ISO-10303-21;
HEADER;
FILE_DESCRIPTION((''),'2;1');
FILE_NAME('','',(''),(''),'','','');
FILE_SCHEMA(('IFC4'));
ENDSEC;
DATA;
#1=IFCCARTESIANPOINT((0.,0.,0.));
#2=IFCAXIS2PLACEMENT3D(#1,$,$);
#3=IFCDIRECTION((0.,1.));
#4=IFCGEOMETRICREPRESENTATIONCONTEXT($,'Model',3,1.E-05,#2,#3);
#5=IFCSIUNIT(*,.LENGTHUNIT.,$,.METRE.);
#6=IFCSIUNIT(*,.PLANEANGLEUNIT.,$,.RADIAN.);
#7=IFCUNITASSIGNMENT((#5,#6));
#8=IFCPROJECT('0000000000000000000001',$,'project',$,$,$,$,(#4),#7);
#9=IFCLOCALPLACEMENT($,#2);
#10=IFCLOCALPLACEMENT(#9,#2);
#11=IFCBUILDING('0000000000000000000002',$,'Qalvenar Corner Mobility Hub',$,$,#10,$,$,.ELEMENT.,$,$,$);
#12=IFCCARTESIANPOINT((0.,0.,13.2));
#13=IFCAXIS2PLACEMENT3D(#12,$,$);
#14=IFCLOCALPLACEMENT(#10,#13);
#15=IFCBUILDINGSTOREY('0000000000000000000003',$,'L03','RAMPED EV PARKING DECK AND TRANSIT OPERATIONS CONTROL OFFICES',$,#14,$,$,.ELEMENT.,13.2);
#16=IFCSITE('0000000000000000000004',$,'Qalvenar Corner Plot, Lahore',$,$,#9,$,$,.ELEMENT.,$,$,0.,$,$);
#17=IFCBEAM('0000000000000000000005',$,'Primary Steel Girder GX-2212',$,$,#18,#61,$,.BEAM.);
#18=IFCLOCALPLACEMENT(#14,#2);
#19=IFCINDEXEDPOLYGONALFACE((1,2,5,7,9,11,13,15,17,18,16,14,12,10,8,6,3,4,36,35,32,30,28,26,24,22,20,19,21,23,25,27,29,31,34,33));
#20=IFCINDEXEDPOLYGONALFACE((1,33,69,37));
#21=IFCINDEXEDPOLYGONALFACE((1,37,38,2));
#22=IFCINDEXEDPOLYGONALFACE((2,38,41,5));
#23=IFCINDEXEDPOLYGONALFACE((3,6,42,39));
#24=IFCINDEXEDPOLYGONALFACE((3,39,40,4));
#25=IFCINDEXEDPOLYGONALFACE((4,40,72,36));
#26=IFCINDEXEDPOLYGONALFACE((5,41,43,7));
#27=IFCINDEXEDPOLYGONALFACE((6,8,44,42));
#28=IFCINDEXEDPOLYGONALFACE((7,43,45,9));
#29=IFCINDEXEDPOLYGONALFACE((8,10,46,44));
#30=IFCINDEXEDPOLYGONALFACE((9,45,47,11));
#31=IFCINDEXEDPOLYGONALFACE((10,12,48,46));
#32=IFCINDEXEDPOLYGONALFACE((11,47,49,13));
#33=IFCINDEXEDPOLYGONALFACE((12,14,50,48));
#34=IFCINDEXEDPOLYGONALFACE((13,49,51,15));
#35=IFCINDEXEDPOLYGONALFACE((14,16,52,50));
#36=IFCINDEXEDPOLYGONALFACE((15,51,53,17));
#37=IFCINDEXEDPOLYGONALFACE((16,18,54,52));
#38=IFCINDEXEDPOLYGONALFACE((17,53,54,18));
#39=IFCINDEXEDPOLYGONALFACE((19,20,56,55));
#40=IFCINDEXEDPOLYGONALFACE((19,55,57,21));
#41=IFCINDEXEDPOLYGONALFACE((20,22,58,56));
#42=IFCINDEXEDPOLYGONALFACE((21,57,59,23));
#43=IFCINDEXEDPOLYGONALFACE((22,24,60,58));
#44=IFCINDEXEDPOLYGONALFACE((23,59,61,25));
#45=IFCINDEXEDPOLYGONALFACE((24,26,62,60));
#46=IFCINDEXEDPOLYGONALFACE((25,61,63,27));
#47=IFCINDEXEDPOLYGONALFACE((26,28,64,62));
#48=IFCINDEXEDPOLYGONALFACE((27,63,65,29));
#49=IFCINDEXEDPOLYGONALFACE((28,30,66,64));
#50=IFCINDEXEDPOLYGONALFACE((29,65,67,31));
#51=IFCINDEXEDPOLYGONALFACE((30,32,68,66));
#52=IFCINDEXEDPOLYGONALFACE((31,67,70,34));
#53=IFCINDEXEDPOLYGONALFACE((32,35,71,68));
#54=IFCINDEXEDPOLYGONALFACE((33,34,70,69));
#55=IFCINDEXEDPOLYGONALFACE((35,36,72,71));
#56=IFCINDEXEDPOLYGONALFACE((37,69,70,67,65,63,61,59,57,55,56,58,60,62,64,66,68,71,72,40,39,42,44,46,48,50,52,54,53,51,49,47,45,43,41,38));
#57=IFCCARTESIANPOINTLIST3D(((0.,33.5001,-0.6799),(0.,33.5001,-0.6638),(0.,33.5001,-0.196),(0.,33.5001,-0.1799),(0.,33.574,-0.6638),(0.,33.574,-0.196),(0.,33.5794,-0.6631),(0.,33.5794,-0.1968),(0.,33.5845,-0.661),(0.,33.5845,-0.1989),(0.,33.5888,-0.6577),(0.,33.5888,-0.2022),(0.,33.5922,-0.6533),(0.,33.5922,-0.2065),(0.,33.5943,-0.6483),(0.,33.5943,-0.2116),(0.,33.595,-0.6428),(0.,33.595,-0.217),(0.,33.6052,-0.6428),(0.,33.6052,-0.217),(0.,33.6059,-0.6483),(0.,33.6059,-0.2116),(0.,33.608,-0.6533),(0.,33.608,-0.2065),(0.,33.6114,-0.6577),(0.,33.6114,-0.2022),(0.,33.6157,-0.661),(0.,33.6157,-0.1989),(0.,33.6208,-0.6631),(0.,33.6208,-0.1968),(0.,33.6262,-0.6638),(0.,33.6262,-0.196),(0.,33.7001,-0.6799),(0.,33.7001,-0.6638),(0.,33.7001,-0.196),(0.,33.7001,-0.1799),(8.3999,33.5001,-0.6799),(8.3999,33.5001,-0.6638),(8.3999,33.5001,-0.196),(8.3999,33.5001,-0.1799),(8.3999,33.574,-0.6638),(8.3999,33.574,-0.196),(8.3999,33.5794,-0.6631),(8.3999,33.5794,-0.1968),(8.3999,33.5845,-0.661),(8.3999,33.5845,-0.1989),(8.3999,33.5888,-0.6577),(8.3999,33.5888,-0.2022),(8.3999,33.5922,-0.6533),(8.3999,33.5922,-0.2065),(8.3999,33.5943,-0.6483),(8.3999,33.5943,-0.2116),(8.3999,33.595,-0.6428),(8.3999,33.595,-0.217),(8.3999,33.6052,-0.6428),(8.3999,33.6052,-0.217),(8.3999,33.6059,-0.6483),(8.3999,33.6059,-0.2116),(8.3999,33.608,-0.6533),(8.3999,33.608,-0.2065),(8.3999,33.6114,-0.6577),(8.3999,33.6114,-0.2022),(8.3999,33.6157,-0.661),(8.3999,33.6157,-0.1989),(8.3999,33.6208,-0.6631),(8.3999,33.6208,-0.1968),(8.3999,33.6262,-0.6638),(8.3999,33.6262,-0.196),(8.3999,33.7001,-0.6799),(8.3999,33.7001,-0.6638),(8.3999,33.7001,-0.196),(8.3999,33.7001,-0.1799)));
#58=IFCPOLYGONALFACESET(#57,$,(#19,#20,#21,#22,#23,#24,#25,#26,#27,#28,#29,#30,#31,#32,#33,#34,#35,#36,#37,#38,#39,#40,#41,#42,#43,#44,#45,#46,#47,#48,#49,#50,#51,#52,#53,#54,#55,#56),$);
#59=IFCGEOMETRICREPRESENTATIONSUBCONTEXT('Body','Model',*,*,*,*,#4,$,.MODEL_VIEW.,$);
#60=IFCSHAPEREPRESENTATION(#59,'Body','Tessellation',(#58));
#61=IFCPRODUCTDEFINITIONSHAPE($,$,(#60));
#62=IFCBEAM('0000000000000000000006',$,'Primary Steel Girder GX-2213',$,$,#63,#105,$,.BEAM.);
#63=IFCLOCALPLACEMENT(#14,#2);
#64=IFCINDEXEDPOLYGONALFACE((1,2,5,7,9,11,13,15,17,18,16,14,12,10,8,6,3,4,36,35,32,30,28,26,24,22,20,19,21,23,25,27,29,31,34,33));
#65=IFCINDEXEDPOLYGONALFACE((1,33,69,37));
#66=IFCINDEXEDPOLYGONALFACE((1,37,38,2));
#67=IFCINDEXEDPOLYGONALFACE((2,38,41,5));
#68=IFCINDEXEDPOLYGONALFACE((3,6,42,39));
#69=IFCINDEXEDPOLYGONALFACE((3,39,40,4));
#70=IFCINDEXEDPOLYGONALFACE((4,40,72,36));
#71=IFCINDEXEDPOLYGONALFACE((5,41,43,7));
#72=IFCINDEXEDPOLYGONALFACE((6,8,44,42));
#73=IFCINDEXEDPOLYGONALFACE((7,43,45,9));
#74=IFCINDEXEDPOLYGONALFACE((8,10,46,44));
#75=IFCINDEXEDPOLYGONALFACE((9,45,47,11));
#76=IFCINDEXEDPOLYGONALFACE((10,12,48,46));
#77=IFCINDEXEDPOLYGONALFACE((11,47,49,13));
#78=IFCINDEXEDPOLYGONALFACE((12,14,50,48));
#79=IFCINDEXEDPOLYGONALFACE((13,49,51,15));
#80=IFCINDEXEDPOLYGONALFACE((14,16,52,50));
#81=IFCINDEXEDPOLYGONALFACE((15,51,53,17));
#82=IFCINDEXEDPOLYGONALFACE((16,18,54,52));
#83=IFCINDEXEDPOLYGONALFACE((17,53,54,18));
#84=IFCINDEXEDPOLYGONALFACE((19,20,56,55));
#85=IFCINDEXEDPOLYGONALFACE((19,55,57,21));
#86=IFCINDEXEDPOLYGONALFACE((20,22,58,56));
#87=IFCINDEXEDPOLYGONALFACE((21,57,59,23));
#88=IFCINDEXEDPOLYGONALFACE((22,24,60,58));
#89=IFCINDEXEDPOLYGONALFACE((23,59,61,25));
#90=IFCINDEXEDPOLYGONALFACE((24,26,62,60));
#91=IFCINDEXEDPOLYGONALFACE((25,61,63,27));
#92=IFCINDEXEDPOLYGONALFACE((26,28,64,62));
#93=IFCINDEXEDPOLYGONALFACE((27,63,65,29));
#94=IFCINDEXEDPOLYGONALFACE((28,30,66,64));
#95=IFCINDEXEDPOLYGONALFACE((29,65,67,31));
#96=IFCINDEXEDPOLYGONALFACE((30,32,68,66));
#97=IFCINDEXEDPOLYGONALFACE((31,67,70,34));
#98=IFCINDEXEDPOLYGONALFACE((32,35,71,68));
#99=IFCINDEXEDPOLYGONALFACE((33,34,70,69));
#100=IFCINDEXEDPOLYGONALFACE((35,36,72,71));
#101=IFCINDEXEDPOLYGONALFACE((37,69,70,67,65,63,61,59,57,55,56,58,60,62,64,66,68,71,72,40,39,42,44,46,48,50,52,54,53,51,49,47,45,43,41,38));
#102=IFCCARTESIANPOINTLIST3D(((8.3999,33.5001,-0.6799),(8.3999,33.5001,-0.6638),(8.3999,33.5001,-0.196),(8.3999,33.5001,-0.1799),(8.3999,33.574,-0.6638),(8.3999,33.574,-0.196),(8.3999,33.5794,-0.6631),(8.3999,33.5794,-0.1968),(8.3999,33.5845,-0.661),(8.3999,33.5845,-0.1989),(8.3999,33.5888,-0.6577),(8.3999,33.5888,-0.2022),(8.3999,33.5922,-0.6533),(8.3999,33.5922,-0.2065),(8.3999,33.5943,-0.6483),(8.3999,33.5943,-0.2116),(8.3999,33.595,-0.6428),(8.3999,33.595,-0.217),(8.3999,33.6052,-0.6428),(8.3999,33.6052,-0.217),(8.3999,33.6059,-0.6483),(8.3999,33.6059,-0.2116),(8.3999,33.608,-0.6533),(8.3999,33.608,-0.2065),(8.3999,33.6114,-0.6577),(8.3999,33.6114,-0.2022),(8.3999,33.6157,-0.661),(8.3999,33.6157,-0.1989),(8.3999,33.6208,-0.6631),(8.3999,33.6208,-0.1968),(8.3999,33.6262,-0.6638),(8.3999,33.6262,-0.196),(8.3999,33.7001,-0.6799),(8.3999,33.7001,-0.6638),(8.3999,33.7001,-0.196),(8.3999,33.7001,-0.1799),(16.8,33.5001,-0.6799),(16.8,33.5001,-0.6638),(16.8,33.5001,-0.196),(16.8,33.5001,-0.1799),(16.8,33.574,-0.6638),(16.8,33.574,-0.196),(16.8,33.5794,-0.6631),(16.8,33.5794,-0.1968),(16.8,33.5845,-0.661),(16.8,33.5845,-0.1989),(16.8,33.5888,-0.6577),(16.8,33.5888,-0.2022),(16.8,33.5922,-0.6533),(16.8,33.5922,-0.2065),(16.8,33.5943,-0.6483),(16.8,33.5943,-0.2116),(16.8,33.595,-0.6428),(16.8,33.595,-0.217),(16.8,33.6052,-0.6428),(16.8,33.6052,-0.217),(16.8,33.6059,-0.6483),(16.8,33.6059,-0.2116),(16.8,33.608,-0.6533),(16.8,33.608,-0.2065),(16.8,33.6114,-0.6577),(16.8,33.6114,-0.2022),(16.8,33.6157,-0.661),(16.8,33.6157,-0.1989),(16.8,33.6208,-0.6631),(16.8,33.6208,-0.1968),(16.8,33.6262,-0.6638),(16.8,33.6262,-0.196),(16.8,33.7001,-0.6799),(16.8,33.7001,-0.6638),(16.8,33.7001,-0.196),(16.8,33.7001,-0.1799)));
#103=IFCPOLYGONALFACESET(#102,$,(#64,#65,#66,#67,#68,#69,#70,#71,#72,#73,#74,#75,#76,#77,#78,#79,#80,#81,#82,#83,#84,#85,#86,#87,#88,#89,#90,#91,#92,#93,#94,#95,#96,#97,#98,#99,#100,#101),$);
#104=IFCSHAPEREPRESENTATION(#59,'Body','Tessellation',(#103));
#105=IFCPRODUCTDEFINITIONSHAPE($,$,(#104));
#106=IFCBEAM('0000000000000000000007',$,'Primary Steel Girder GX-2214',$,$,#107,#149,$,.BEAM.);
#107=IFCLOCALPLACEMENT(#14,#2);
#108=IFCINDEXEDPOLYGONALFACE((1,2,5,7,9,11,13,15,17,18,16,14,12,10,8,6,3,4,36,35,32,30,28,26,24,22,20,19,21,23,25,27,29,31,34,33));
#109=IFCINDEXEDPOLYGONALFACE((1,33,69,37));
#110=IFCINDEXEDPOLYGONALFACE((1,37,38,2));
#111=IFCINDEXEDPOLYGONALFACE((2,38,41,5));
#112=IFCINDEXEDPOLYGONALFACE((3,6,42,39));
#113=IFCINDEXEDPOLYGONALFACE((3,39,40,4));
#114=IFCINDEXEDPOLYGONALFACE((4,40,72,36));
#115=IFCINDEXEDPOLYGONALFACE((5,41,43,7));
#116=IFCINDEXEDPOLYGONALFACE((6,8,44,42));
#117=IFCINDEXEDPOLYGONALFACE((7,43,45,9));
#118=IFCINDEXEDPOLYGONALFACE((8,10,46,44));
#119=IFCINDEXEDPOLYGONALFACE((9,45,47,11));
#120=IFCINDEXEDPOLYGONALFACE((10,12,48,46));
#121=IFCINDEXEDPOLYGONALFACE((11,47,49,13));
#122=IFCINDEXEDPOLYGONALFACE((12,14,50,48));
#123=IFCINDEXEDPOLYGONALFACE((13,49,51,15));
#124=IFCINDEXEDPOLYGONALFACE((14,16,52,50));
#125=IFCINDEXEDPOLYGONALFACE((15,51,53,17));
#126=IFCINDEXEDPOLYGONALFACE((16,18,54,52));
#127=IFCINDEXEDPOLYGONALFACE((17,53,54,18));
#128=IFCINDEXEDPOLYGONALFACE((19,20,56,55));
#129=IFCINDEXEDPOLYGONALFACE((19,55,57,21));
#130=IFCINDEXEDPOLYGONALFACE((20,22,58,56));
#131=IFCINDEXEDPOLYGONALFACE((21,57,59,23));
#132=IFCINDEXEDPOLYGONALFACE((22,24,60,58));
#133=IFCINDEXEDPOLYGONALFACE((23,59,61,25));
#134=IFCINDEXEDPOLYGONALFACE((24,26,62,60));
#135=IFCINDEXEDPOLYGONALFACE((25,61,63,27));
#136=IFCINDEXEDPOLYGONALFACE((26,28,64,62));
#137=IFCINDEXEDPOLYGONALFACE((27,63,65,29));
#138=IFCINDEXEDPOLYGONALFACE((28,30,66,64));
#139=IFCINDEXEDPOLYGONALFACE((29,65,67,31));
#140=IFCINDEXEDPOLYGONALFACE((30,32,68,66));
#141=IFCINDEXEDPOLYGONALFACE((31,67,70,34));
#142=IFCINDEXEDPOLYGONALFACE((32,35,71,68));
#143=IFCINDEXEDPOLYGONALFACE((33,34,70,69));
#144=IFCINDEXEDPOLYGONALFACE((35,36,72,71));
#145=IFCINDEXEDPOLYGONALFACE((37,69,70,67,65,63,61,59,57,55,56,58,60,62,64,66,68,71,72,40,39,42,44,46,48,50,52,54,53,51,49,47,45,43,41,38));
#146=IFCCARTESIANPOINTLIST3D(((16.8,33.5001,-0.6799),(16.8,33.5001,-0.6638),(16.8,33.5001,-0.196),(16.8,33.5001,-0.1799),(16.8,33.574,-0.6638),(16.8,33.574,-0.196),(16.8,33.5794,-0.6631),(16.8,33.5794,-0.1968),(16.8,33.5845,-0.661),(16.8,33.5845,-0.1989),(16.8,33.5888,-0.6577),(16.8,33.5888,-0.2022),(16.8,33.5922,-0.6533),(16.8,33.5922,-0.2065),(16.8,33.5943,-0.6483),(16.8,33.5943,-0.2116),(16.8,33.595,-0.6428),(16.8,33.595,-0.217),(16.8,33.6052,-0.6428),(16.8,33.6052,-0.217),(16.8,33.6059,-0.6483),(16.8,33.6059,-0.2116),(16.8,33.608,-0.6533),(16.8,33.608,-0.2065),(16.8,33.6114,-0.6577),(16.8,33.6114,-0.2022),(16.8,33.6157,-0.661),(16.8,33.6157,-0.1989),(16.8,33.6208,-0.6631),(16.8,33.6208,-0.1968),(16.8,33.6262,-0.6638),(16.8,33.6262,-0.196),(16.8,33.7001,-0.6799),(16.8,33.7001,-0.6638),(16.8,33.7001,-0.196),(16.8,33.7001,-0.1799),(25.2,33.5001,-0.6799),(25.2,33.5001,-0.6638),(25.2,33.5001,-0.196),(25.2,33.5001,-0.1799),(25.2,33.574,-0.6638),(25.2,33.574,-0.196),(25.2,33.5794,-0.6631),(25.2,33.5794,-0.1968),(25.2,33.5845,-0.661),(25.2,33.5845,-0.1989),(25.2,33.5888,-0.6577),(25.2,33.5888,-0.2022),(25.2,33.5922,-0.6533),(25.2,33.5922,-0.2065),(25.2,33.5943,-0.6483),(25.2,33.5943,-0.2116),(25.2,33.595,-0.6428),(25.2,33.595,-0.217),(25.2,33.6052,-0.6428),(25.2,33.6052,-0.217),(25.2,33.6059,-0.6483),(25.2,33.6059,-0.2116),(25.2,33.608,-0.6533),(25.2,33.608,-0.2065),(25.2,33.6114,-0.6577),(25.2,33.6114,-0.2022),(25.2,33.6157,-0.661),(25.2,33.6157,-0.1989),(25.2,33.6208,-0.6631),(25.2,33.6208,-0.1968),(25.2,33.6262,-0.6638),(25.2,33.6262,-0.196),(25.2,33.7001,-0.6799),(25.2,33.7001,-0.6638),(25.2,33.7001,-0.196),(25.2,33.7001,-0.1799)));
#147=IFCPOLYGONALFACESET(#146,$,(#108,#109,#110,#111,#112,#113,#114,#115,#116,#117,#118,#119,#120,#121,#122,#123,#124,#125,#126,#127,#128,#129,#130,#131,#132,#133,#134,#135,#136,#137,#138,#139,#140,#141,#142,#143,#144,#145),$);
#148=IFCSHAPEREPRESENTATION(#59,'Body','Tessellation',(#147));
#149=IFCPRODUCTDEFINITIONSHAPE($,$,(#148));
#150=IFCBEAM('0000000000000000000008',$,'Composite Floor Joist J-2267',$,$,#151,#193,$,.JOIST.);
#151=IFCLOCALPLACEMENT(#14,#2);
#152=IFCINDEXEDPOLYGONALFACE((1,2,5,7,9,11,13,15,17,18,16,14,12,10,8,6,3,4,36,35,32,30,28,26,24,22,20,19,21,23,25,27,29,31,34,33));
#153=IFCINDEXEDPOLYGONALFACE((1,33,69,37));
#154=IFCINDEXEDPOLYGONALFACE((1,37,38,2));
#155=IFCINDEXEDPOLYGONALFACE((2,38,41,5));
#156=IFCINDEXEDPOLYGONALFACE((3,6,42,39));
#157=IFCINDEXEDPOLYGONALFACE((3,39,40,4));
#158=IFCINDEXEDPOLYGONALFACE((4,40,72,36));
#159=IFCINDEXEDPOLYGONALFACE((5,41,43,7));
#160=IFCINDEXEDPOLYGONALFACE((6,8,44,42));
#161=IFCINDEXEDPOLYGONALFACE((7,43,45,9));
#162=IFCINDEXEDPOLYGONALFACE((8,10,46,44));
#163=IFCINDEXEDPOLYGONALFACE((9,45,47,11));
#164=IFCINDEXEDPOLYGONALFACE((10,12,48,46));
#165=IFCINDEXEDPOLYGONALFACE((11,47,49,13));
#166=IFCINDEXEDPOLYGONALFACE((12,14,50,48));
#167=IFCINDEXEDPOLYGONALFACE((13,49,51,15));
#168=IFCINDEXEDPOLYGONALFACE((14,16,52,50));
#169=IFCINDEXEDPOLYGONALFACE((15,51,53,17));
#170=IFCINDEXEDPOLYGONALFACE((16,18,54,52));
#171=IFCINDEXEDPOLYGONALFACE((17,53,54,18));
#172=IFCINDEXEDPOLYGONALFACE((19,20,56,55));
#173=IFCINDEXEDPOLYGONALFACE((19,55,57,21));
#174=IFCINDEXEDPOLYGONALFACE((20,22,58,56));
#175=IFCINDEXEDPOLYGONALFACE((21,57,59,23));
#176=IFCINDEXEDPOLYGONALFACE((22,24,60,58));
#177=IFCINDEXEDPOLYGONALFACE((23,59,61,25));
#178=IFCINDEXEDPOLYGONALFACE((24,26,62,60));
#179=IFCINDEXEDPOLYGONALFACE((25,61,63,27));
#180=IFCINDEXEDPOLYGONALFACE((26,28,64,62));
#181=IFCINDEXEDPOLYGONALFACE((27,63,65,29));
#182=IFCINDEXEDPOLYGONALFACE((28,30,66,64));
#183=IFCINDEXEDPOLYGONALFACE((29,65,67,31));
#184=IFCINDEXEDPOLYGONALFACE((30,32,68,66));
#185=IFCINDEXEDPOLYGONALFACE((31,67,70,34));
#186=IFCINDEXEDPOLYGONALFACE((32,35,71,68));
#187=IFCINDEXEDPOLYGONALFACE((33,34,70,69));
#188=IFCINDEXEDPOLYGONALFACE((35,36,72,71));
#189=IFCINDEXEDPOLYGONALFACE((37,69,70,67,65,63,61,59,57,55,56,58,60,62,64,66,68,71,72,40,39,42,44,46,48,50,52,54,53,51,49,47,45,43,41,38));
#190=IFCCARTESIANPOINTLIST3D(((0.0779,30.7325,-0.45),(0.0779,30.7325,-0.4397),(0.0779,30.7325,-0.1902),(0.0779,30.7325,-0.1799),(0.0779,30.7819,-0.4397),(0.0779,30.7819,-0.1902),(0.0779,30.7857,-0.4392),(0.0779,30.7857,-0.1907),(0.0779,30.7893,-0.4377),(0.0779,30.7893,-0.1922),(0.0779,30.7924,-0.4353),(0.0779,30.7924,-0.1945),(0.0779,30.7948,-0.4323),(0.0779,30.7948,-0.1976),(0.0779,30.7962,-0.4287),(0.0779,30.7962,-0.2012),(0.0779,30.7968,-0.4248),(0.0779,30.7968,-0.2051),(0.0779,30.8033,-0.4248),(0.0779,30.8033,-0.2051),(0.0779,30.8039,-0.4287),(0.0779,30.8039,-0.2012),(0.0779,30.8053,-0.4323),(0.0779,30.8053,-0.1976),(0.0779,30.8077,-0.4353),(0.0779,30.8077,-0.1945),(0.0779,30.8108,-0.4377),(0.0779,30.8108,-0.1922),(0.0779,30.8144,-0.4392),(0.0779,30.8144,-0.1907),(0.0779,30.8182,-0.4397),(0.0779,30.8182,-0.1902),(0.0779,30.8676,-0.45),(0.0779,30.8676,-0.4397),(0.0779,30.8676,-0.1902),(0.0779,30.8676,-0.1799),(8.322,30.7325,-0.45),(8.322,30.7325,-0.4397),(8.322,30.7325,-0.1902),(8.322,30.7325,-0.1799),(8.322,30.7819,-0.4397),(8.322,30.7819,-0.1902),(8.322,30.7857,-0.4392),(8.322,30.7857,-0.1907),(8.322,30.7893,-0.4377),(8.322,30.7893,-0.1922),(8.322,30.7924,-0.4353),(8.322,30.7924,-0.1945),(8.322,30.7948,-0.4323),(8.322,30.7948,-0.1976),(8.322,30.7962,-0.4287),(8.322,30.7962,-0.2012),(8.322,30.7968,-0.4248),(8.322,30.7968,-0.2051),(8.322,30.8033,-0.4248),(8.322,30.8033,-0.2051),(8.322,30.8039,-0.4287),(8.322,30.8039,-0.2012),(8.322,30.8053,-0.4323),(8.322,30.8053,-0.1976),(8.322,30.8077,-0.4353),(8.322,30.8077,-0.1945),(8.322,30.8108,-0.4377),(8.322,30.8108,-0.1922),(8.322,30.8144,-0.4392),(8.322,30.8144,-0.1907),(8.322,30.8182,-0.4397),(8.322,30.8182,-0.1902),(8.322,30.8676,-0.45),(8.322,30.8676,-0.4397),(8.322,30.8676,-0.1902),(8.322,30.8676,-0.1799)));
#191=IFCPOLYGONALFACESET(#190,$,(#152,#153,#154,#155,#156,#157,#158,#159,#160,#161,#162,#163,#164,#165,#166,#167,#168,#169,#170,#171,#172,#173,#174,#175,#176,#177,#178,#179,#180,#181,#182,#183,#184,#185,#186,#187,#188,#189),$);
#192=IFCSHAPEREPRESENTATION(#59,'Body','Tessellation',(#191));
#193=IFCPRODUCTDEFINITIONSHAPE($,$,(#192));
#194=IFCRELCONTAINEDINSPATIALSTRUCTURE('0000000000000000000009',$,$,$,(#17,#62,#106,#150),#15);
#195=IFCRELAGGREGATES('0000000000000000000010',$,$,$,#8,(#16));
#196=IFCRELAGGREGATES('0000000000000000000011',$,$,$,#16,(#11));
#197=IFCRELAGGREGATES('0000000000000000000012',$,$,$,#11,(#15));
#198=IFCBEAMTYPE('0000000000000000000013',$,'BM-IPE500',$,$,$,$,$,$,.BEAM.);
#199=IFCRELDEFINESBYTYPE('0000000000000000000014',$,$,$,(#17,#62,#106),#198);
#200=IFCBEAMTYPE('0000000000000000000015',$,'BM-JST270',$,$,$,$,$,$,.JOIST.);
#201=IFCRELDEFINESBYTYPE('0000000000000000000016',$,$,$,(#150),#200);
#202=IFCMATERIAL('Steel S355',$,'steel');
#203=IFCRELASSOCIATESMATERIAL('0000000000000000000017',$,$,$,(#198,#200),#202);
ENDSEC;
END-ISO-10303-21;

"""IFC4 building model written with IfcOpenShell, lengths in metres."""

from ifc_helpers import new_model, si_unit, direction, frame, origin, origin_2d, place, context, subcontext, project, spatial, i_section, extrude, material, material_profile, profile_set, type_object, element, save


model = new_model("IFC4")

# Units and contexts
model_context = context("Model", 3, precision=1e-05, world=origin(), true_north=direction((0.0, 1.0)))
body_context = subcontext(model_context, "Body", "Model", "MODEL_VIEW")
ifc_project = project(units=[si_unit("LENGTHUNIT", "METRE"), si_unit("PLANEANGLEUNIT", "RADIAN")], contexts=[model_context])

# Site, building, storey
site_placement = place(None, origin())
site = spatial("IfcSite", under=ifc_project, at=site_placement, Name="Qalvenar Corner Plot, Lahore", CompositionType="ELEMENT", RefElevation=0.0)
building_placement = place(site_placement, origin())
building = spatial("IfcBuilding", under=site, at=building_placement, Name="Qalvenar Corner Mobility Hub", CompositionType="ELEMENT")
storey_placement = place(building_placement, frame((0.0, 0.0, 13.2)))
storey = spatial("IfcBuildingStorey", under=building, at=storey_placement, Name="L03", Description="RAMPED EV PARKING DECK AND TRANSIT OPERATIONS CONTROL OFFICES", CompositionType="ELEMENT", Elevation=13.2)

# Shared definitions
ifc_material_1 = material(Name="Steel S355", Category="steel")

# Beams
ifc_material_profile_1 = material_profile(ifc_material_1, i_section(OverallWidth=0.2, OverallDepth=0.5, WebThickness=0.0103, FlangeThickness=0.0161, FilletRadius=0.021, at=origin_2d()), Name="IPE500")
ifc_profile_set_1 = profile_set([ifc_material_profile_1], Name="Steel S355")
beam_type_1 = type_object("IfcBeamType", Name="BM-IPE500", PredefinedType="BEAM", material=ifc_profile_set_1)
beam_1_placement = place(storey_placement, frame((0.0, 33.6001, -0.4299), z_axis=(1.0, 0.0, 0.0), x_axis=(0.0, 1.0, 0.0)))
element("IfcBeam", 1, at=beam_1_placement, inside=storey, type_object=beam_type_1, Name="Primary Steel Girder GX-2212", PredefinedType="BEAM", context=body_context, shape_type="SweptSolid", body=[
    extrude(i_section(OverallWidth=0.2, OverallDepth=0.5, WebThickness=0.0103, FlangeThickness=0.0161, FilletRadius=0.021, at=origin_2d()), origin(), (0.0, 0.0, 1.0), 8.3999),
])
beam_2_placement = place(storey_placement, frame((8.3999, 33.6001, -0.4299), z_axis=(1.0, 0.0, 0.0), x_axis=(0.0, 1.0, 0.0)))
element("IfcBeam", 2, at=beam_2_placement, inside=storey, type_object=beam_type_1, Name="Primary Steel Girder GX-2213", PredefinedType="BEAM", context=body_context, shape_type="SweptSolid", body=[
    extrude(i_section(OverallWidth=0.2, OverallDepth=0.5, WebThickness=0.0103, FlangeThickness=0.0161, FilletRadius=0.021, at=origin_2d()), origin(), (0.0, 0.0, 1.0), 8.4001),
])
beam_3_placement = place(storey_placement, frame((16.8, 33.6001, -0.4299), z_axis=(1.0, 0.0, 0.0), x_axis=(0.0, 1.0, 0.0)))
element("IfcBeam", 3, at=beam_3_placement, inside=storey, type_object=beam_type_1, Name="Primary Steel Girder GX-2214", PredefinedType="BEAM", context=body_context, shape_type="SweptSolid", body=[
    extrude(i_section(OverallWidth=0.2, OverallDepth=0.5, WebThickness=0.0103, FlangeThickness=0.0161, FilletRadius=0.021, at=origin_2d()), origin(), (0.0, 0.0, 1.0), 8.3999),
])
ifc_material_profile_2 = material_profile(ifc_material_1, i_section(OverallWidth=0.135, OverallDepth=0.27, WebThickness=0.0066, FlangeThickness=0.0103, FilletRadius=0.0149, at=origin_2d()), Name="IPE270")
ifc_profile_set_2 = profile_set([ifc_material_profile_2], Name="Steel S355")
beam_type_2 = type_object("IfcBeamType", Name="BM-JST270", PredefinedType="JOIST", material=ifc_profile_set_2)
for number, where, z_axis, x_axis, name in (
    (4, (0.0779, 30.8, -0.3149), (1.0, 0.0, 0.0), (0.0, 1.0, 0.0), "Composite Floor Joist J-2267"),
):
    element("IfcBeam", number, at=place(storey_placement, frame(where, z_axis=z_axis, x_axis=x_axis)), inside=storey, type_object=beam_type_2, Name=name, PredefinedType="JOIST", context=body_context, shape_type="SweptSolid", body=[
        extrude(i_section(OverallWidth=0.135, OverallDepth=0.27, WebThickness=0.0066, FlangeThickness=0.0103, FilletRadius=0.0149, at=origin_2d()), origin(), (0.0, 0.0, 1.0), 8.2441),
    ])

save(model, "model.ifc")
